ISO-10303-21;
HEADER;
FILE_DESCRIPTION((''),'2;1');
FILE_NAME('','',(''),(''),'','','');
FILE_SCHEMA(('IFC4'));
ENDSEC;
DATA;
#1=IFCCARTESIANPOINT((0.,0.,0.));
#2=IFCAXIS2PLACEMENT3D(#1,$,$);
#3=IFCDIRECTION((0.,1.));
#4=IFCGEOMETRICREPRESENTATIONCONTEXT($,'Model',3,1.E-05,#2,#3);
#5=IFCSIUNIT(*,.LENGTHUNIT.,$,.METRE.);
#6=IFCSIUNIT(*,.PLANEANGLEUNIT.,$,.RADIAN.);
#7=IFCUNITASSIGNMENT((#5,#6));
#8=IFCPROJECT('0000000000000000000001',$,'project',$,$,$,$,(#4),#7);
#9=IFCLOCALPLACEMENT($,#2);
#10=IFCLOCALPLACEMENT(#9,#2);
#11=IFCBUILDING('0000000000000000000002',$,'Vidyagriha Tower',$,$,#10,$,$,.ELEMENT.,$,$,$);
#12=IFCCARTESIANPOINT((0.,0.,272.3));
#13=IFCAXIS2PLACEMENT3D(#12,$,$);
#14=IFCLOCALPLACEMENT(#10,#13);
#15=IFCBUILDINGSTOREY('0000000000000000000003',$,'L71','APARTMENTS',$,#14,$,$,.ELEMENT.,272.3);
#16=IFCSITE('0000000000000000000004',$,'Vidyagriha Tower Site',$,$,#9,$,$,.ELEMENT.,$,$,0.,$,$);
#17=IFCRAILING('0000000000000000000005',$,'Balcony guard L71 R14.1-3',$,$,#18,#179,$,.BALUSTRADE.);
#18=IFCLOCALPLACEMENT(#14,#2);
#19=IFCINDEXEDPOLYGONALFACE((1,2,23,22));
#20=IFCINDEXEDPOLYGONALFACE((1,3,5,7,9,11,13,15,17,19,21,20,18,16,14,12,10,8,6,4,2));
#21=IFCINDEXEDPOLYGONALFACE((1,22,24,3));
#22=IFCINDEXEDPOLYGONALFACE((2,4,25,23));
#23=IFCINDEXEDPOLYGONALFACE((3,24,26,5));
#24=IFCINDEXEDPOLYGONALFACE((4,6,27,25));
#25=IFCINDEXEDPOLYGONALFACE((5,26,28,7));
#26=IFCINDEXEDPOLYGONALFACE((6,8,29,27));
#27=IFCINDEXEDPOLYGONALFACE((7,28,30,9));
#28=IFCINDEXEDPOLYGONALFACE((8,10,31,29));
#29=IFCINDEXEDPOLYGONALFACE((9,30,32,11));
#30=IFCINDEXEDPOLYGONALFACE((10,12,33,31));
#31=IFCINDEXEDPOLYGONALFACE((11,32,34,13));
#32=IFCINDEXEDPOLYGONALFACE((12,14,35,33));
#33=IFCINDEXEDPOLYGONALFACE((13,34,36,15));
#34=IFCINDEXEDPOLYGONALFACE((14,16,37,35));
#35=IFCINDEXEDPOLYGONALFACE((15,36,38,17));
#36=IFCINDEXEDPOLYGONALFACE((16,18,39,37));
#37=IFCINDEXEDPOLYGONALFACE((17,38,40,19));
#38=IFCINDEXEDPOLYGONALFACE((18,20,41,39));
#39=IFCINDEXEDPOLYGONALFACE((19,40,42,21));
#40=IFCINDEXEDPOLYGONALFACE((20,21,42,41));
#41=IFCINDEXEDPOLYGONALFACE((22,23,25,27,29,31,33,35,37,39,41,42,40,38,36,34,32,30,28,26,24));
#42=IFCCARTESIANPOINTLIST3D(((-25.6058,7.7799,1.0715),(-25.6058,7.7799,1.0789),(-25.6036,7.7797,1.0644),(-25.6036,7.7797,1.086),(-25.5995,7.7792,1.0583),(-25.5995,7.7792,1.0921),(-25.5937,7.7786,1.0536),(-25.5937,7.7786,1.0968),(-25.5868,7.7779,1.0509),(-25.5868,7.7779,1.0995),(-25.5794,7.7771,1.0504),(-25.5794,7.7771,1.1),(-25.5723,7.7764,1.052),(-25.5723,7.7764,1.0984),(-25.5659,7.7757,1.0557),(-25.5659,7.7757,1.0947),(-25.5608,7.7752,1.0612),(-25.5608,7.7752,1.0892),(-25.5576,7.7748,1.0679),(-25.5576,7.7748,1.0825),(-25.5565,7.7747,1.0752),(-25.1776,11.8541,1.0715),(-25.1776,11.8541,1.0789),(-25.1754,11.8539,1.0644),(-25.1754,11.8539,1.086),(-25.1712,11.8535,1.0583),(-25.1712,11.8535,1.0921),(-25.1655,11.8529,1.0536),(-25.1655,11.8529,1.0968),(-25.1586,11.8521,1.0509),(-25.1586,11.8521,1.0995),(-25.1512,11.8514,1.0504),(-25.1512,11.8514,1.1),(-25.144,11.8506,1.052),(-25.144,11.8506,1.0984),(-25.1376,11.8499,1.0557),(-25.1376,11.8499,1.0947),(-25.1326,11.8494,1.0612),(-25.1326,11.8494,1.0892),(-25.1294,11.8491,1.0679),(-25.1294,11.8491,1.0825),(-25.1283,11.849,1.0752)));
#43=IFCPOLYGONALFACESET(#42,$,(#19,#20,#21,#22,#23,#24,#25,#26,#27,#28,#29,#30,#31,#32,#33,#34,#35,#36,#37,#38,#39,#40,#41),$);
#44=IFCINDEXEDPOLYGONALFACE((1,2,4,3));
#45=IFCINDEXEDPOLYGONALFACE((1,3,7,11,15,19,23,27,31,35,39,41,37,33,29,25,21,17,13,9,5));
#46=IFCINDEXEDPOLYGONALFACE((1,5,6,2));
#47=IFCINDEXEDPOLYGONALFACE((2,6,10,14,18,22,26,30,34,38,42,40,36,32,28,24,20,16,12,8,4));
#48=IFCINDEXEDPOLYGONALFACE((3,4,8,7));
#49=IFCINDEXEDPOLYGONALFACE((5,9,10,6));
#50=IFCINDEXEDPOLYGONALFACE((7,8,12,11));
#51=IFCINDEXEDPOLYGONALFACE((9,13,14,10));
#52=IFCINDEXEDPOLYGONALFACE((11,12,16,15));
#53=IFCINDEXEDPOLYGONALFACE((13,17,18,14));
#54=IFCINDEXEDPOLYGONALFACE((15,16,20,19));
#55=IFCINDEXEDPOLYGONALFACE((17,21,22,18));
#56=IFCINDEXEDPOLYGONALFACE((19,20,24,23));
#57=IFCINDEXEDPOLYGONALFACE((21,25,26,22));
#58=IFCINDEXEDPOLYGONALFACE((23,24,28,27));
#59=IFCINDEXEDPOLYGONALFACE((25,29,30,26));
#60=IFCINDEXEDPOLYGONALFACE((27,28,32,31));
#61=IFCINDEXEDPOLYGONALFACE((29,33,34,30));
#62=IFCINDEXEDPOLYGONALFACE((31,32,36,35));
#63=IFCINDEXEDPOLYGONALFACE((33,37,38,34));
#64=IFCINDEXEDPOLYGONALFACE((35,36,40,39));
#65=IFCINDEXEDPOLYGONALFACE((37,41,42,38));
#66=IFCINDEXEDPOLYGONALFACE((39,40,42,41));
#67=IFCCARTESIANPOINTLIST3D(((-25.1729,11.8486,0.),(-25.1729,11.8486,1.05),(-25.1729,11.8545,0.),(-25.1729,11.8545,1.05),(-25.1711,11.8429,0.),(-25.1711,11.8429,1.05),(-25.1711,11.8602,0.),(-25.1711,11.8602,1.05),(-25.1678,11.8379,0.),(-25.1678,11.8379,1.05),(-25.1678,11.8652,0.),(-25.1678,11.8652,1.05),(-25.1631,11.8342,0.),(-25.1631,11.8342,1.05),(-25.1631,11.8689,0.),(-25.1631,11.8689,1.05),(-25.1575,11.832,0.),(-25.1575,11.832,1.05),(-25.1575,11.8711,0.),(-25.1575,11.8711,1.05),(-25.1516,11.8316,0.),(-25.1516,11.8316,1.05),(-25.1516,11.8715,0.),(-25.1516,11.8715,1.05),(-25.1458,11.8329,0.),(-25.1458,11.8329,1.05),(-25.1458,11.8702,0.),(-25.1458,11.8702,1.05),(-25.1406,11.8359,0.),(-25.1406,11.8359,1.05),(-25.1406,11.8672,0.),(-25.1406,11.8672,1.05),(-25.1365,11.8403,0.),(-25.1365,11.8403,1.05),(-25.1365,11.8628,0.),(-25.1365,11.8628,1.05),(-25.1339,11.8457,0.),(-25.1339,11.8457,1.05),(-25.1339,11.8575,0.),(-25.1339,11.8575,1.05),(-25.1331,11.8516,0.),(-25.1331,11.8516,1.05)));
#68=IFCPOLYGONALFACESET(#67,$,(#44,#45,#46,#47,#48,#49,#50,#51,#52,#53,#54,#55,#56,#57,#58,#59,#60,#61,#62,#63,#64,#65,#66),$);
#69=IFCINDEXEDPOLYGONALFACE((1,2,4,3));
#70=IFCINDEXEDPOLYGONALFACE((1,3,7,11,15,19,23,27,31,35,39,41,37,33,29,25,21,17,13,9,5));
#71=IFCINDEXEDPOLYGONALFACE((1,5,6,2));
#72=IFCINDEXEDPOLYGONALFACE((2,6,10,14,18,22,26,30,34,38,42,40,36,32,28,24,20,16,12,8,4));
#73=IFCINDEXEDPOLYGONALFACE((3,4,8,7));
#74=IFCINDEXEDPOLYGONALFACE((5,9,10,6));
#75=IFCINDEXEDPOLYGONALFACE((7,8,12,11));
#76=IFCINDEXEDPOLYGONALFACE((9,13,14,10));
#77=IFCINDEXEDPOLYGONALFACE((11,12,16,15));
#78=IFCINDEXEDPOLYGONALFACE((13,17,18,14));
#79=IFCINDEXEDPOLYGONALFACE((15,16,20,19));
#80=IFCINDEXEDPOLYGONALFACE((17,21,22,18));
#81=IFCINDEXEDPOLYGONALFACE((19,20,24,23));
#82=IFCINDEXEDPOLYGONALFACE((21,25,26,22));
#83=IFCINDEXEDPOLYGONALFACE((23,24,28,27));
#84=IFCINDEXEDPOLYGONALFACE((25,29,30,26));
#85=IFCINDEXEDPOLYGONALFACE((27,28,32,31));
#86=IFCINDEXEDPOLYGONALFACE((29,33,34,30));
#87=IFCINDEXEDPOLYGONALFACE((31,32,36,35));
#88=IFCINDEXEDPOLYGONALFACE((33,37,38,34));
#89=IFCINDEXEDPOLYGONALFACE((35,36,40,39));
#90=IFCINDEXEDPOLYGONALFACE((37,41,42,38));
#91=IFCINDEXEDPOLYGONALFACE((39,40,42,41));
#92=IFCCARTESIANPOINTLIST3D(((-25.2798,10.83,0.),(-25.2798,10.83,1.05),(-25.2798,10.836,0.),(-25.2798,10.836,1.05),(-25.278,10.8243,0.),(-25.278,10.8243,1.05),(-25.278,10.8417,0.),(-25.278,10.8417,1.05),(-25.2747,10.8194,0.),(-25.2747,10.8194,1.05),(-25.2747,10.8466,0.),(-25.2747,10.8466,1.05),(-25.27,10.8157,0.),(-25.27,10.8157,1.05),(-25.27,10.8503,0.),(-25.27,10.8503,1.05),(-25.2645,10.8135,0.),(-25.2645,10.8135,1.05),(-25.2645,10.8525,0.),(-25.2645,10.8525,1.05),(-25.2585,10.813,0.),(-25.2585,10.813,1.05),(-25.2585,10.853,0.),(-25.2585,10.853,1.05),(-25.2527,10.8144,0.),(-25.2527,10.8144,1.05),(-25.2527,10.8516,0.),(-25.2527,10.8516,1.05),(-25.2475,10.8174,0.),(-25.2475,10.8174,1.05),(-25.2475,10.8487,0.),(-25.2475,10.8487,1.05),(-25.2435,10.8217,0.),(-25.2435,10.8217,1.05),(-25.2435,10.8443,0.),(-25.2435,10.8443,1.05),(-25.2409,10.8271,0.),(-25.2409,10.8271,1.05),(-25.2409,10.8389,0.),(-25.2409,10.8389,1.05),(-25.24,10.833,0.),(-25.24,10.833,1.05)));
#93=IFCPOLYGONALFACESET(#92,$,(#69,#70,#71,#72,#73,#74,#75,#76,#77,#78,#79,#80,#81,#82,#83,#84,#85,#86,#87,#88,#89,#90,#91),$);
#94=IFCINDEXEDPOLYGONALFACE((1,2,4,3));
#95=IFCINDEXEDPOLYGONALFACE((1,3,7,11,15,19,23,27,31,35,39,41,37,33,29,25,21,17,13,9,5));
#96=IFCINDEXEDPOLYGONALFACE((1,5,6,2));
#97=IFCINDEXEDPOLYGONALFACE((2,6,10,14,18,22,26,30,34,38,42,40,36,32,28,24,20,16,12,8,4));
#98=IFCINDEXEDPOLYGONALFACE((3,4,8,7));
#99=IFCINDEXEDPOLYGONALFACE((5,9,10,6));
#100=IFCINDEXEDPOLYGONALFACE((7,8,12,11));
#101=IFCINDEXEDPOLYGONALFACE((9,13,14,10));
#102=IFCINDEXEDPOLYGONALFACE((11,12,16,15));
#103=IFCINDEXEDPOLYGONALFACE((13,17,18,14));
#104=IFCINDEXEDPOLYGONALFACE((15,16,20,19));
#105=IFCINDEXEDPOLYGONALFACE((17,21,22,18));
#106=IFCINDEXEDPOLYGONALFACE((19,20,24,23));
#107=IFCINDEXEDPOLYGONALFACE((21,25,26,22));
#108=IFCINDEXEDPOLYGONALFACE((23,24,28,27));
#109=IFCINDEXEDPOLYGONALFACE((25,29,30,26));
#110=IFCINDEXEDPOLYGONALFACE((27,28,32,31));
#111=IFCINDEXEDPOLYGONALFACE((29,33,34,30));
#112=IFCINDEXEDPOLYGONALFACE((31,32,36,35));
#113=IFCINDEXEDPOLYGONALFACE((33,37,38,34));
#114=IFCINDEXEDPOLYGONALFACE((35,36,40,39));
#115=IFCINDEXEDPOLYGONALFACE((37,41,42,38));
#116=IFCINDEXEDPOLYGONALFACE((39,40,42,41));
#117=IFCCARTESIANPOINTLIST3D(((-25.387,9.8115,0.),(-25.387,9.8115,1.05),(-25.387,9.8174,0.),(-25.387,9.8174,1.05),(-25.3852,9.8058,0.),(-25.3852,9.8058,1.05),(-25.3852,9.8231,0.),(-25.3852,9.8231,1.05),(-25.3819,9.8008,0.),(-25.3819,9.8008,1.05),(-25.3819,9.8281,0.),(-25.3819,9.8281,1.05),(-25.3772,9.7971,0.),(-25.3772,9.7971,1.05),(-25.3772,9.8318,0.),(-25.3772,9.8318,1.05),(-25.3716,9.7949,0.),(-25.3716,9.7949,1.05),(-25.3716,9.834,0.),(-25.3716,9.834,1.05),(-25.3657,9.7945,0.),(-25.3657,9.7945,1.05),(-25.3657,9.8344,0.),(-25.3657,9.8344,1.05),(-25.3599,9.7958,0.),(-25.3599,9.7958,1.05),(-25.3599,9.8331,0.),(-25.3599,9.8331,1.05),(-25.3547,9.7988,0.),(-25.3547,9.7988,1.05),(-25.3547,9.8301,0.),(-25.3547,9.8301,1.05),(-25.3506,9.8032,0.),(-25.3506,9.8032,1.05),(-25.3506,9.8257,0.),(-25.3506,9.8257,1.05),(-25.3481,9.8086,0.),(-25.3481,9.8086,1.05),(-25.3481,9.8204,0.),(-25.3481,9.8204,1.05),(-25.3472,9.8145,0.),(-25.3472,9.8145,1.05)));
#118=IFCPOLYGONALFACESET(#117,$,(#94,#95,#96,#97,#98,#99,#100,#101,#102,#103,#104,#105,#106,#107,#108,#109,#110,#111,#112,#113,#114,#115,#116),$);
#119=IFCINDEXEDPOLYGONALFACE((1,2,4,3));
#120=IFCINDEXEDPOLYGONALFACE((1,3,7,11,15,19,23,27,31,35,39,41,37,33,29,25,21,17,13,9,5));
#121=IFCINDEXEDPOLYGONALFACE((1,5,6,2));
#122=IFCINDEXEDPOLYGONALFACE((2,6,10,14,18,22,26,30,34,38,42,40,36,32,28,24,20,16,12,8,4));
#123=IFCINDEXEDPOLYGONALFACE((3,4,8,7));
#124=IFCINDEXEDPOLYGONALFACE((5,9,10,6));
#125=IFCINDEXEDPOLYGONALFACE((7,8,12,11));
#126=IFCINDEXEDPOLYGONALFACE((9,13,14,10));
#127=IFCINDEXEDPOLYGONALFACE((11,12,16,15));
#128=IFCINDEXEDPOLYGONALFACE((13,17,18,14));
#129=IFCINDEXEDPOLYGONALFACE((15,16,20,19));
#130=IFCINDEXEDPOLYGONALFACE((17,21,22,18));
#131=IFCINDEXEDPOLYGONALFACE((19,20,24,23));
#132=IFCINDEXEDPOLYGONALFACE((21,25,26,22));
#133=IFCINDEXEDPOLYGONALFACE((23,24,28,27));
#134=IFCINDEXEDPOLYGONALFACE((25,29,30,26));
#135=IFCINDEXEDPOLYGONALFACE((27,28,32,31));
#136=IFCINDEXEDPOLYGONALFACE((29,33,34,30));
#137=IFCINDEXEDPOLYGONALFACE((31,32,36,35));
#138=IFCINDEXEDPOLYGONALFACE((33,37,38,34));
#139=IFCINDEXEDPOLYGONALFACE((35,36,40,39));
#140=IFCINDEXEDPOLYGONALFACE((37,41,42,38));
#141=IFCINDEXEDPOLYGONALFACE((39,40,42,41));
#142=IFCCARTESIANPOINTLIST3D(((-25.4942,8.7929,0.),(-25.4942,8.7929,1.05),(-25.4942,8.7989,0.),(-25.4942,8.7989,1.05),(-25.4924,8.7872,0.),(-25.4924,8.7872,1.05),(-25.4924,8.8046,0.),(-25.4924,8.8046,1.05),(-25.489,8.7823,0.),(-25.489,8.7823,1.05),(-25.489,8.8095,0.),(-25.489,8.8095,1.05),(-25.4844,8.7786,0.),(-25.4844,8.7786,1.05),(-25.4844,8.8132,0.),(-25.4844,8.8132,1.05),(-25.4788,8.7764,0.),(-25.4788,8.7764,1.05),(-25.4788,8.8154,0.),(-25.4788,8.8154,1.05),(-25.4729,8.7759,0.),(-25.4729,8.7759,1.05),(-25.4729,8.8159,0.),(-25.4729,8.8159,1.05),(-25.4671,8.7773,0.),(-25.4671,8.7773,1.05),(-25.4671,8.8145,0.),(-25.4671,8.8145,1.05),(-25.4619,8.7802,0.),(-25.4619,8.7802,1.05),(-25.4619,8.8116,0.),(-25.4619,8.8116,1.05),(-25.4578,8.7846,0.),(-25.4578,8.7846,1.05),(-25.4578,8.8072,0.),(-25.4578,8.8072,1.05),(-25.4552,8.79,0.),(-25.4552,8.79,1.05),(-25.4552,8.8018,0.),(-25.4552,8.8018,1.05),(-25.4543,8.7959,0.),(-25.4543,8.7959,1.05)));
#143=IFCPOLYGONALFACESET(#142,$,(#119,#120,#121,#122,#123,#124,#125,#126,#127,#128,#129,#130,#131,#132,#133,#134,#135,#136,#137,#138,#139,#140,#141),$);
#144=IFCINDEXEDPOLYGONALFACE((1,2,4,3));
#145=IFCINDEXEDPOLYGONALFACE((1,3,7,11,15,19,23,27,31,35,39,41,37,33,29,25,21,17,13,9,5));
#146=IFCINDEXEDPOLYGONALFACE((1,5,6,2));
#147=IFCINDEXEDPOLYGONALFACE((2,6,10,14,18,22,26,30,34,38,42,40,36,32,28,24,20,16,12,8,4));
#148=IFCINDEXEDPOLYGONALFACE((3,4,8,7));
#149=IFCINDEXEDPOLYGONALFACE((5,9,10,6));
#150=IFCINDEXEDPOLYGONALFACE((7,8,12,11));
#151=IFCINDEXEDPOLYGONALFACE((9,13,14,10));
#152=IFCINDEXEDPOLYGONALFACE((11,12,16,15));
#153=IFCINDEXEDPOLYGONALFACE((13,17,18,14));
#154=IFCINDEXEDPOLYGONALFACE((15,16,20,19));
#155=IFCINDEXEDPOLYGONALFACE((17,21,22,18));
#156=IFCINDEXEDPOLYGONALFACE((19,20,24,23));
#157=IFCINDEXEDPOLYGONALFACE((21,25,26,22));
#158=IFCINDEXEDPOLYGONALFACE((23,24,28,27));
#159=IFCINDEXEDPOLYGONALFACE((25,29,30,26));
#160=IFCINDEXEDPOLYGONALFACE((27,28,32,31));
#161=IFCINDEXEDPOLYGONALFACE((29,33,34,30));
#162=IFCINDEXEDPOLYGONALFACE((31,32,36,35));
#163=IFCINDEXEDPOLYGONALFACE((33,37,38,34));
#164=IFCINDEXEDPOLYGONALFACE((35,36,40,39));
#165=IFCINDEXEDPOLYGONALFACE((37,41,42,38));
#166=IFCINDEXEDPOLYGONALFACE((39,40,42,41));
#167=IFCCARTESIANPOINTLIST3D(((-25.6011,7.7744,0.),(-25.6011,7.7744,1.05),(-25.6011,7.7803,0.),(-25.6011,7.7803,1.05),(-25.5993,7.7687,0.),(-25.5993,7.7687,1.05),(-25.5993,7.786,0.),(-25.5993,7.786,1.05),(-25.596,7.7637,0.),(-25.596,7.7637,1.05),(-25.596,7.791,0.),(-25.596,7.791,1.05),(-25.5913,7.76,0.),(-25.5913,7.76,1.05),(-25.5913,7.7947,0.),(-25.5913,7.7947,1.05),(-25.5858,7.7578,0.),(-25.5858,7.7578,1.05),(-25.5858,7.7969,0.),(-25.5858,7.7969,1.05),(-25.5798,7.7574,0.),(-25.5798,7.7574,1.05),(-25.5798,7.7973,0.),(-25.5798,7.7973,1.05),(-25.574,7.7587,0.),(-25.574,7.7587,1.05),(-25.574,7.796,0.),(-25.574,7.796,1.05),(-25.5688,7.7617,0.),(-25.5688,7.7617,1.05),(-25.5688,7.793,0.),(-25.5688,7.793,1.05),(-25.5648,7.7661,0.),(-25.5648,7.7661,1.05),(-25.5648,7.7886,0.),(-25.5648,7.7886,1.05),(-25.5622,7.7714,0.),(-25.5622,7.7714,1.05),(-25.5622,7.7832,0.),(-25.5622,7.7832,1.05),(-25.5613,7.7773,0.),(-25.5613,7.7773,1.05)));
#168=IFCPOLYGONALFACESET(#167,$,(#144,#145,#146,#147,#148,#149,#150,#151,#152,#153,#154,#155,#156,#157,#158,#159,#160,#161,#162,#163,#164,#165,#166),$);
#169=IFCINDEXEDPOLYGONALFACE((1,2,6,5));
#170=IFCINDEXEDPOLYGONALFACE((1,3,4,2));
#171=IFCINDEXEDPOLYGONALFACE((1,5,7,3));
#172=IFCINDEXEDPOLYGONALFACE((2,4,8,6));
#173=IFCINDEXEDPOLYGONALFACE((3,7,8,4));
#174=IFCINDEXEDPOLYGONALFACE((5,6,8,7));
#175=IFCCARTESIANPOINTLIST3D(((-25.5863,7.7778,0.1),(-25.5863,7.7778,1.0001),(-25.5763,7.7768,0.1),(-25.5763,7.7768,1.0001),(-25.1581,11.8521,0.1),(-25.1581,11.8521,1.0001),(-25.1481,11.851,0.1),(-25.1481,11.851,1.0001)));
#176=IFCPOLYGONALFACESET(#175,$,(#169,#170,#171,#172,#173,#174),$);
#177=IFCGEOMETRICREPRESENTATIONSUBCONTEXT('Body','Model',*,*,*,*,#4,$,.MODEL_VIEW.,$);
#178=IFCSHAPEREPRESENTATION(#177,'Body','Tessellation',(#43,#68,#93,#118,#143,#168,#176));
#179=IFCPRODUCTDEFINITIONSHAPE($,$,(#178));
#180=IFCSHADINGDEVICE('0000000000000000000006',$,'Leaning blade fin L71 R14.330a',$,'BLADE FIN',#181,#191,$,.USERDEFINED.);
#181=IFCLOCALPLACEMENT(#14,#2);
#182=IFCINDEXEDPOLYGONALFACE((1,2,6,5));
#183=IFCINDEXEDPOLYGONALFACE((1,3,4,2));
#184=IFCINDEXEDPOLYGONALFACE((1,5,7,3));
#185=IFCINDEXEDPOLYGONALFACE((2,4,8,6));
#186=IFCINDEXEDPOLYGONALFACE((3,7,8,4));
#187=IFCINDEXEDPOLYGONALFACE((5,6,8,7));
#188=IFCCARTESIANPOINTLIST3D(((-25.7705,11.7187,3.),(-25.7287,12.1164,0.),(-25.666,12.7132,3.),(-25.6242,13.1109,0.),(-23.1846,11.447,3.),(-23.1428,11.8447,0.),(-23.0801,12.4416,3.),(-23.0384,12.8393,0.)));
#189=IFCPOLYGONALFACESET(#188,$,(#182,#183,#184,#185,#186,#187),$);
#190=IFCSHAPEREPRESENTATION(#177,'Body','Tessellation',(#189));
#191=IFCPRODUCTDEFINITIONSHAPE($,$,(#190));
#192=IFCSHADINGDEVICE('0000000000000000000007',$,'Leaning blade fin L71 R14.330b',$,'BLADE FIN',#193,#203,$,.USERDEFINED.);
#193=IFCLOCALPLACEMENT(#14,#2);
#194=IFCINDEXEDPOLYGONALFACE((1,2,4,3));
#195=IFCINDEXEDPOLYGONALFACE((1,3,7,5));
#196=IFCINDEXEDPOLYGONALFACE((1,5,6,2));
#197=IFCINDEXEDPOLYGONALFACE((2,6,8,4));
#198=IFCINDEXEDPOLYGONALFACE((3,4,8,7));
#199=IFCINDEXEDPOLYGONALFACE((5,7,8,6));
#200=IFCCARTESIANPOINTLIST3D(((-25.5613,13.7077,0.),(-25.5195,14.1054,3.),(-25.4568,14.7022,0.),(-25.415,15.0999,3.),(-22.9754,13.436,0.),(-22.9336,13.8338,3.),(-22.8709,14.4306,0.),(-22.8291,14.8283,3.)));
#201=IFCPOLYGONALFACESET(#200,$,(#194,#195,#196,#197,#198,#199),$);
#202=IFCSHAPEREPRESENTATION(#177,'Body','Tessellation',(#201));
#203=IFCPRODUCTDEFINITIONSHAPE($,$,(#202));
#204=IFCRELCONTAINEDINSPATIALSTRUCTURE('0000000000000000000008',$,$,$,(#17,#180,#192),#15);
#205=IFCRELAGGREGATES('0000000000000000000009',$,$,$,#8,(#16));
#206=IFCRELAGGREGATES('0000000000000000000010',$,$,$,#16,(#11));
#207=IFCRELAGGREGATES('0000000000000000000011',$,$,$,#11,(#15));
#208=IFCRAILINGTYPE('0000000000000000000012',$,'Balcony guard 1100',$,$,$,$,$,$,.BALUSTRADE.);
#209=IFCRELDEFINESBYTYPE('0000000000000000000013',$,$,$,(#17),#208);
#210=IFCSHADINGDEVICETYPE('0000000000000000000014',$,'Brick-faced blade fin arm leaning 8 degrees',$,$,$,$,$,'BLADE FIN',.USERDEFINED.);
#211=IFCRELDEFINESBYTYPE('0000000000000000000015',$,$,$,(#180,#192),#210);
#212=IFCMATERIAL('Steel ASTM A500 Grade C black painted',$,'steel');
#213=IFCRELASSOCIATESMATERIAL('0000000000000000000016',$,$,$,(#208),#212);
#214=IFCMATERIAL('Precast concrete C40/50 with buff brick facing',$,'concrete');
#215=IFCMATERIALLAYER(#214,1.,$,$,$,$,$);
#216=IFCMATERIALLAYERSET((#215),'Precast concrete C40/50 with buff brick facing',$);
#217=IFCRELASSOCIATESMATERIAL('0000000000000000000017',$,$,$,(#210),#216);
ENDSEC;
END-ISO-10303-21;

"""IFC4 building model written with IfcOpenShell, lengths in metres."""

from ifc_helpers import new_model, si_unit, direction, frame, origin, origin_2d, place, context, subcontext, project, spatial, polyline, rectangle, circle, outline, extrude, material, layer, layer_set, type_object, element, save


model = new_model("IFC4")

# Units and contexts
model_context = context("Model", 3, precision=1e-05, world=origin(), true_north=direction((0.0, 1.0)))
body_context = subcontext(model_context, "Body", "Model", "MODEL_VIEW")
ifc_project = project(units=[si_unit("LENGTHUNIT", "METRE"), si_unit("PLANEANGLEUNIT", "RADIAN")], contexts=[model_context])

# Site, building, storey
site_placement = place(None, origin())
site = spatial("IfcSite", under=ifc_project, at=site_placement, Name="Vidyagriha Tower Site", CompositionType="ELEMENT", RefElevation=0.0)
building_placement = place(site_placement, origin())
building = spatial("IfcBuilding", under=site, at=building_placement, Name="Vidyagriha Tower", CompositionType="ELEMENT")
storey_placement = place(building_placement, frame((0.0, 0.0, 272.3)))
storey = spatial("IfcBuildingStorey", under=building, at=storey_placement, Name="L71", Description="APARTMENTS", CompositionType="ELEMENT", Elevation=272.3)

# Railing
ifc_material_1 = material(Name="Steel ASTM A500 Grade C black painted", Category="steel")
railing_type_1 = type_object("IfcRailingType", Name="Balcony guard 1100", PredefinedType="BALUSTRADE", material=ifc_material_1)
railing_1_placement = place(storey_placement, frame((-25.1531, 11.8516, 0.0)))
element("IfcRailing", 1, at=railing_1_placement, inside=storey, type_object=railing_type_1, Name="Balcony guard L71 R14.1-3", PredefinedType="BALUSTRADE", context=body_context, shape_type="SweptSolid", body=[
    extrude(circle(Radius=0.0249, at=origin_2d()), frame((0.0, 0.0, 1.0752), z_axis=(-0.10453, -0.994522, 0.0), x_axis=(0.994522, -0.10453, 0.0)), (0.0, 0.0, 1.0), 4.0967),
    extrude(circle(Radius=0.02, at=origin_2d()), origin(), (0.0, 0.0, 1.0), 1.05),
    extrude(circle(Radius=0.02, at=origin_2d()), frame((-0.1069, -1.0186, 0.0)), (0.0, 0.0, 1.0), 1.05),
    extrude(circle(Radius=0.02, at=origin_2d()), frame((-0.2141, -2.0371, 0.0)), (0.0, 0.0, 1.0), 1.05),
    extrude(circle(Radius=0.02, at=origin_2d()), frame((-0.3213, -3.0557, 0.0)), (0.0, 0.0, 1.0), 1.05),
    extrude(circle(Radius=0.02, at=origin_2d()), frame((-0.4282, -4.0742, 0.0)), (0.0, 0.0, 1.0), 1.05),
    extrude(rectangle(XDim=0.01, YDim=0.9001, at=origin_2d()), frame((0.0, 0.0, 0.55), z_axis=(-0.10453, -0.994522, 0.0), x_axis=(0.994522, -0.10453, 0.0)), (0.0, 0.0, 1.0), 4.0967),
])

# Shading devices
ifc_material_2 = material(Name="Precast concrete C40/50 with buff brick facing", Category="concrete")
ifc_layer_1 = layer(ifc_material_2, 1.0)
ifc_layer_set_1 = layer_set([ifc_layer_1], Name="Precast concrete C40/50 with buff brick facing")
shading_device_type_1 = type_object("IfcShadingDeviceType", Name="Brick-faced blade fin arm leaning 8 degrees", ElementType="BLADE FIN", PredefinedType="USERDEFINED", material=ifc_layer_set_1)
shading_device_1_placement = place(storey_placement, frame((-24.3313, 12.9751, 0.0), z_axis=(0.0, 0.0, 1.0), x_axis=(-0.104476, -0.994527, 0.0)))
element("IfcShadingDevice", 2, at=shading_device_1_placement, inside=storey, type_object=shading_device_type_1, Name="Leaning blade fin L71 R14.330a", ObjectType="BLADE FIN", PredefinedType="USERDEFINED", context=body_context, shape_type="SweptSolid", body=[
    extrude(outline(polyline([(0.0, 0.0), (1.0, 0.0), (1.3999, 3.0), (0.3999, 3.0), (0.0, 0.0)])), frame((0.0, 1.3, 0.0), z_axis=(0.0, -1.0, 0.0), x_axis=(1.0, 0.0, 0.0)), (0.0, 0.0, 1.0), 2.6001),
])
shading_device_2_placement = place(storey_placement, frame((-24.1221, 14.9641, 0.0), z_axis=(0.0, 0.0, 1.0), x_axis=(-0.104476, -0.994527, 0.0)))
element("IfcShadingDevice", 3, at=shading_device_2_placement, inside=storey, type_object=shading_device_type_1, Name="Leaning blade fin L71 R14.330b", ObjectType="BLADE FIN", PredefinedType="USERDEFINED", context=body_context, shape_type="SweptSolid", body=[
    extrude(outline(polyline([(0.3999, 0.0), (1.3999, 0.0), (1.0, 3.0), (0.0, 3.0), (0.3999, 0.0)])), frame((0.0, 1.3, 0.0), z_axis=(0.0, -1.0, 0.0), x_axis=(1.0, 0.0, 0.0)), (0.0, 0.0, 1.0), 2.6001),
])

save(model, "model.ifc")
